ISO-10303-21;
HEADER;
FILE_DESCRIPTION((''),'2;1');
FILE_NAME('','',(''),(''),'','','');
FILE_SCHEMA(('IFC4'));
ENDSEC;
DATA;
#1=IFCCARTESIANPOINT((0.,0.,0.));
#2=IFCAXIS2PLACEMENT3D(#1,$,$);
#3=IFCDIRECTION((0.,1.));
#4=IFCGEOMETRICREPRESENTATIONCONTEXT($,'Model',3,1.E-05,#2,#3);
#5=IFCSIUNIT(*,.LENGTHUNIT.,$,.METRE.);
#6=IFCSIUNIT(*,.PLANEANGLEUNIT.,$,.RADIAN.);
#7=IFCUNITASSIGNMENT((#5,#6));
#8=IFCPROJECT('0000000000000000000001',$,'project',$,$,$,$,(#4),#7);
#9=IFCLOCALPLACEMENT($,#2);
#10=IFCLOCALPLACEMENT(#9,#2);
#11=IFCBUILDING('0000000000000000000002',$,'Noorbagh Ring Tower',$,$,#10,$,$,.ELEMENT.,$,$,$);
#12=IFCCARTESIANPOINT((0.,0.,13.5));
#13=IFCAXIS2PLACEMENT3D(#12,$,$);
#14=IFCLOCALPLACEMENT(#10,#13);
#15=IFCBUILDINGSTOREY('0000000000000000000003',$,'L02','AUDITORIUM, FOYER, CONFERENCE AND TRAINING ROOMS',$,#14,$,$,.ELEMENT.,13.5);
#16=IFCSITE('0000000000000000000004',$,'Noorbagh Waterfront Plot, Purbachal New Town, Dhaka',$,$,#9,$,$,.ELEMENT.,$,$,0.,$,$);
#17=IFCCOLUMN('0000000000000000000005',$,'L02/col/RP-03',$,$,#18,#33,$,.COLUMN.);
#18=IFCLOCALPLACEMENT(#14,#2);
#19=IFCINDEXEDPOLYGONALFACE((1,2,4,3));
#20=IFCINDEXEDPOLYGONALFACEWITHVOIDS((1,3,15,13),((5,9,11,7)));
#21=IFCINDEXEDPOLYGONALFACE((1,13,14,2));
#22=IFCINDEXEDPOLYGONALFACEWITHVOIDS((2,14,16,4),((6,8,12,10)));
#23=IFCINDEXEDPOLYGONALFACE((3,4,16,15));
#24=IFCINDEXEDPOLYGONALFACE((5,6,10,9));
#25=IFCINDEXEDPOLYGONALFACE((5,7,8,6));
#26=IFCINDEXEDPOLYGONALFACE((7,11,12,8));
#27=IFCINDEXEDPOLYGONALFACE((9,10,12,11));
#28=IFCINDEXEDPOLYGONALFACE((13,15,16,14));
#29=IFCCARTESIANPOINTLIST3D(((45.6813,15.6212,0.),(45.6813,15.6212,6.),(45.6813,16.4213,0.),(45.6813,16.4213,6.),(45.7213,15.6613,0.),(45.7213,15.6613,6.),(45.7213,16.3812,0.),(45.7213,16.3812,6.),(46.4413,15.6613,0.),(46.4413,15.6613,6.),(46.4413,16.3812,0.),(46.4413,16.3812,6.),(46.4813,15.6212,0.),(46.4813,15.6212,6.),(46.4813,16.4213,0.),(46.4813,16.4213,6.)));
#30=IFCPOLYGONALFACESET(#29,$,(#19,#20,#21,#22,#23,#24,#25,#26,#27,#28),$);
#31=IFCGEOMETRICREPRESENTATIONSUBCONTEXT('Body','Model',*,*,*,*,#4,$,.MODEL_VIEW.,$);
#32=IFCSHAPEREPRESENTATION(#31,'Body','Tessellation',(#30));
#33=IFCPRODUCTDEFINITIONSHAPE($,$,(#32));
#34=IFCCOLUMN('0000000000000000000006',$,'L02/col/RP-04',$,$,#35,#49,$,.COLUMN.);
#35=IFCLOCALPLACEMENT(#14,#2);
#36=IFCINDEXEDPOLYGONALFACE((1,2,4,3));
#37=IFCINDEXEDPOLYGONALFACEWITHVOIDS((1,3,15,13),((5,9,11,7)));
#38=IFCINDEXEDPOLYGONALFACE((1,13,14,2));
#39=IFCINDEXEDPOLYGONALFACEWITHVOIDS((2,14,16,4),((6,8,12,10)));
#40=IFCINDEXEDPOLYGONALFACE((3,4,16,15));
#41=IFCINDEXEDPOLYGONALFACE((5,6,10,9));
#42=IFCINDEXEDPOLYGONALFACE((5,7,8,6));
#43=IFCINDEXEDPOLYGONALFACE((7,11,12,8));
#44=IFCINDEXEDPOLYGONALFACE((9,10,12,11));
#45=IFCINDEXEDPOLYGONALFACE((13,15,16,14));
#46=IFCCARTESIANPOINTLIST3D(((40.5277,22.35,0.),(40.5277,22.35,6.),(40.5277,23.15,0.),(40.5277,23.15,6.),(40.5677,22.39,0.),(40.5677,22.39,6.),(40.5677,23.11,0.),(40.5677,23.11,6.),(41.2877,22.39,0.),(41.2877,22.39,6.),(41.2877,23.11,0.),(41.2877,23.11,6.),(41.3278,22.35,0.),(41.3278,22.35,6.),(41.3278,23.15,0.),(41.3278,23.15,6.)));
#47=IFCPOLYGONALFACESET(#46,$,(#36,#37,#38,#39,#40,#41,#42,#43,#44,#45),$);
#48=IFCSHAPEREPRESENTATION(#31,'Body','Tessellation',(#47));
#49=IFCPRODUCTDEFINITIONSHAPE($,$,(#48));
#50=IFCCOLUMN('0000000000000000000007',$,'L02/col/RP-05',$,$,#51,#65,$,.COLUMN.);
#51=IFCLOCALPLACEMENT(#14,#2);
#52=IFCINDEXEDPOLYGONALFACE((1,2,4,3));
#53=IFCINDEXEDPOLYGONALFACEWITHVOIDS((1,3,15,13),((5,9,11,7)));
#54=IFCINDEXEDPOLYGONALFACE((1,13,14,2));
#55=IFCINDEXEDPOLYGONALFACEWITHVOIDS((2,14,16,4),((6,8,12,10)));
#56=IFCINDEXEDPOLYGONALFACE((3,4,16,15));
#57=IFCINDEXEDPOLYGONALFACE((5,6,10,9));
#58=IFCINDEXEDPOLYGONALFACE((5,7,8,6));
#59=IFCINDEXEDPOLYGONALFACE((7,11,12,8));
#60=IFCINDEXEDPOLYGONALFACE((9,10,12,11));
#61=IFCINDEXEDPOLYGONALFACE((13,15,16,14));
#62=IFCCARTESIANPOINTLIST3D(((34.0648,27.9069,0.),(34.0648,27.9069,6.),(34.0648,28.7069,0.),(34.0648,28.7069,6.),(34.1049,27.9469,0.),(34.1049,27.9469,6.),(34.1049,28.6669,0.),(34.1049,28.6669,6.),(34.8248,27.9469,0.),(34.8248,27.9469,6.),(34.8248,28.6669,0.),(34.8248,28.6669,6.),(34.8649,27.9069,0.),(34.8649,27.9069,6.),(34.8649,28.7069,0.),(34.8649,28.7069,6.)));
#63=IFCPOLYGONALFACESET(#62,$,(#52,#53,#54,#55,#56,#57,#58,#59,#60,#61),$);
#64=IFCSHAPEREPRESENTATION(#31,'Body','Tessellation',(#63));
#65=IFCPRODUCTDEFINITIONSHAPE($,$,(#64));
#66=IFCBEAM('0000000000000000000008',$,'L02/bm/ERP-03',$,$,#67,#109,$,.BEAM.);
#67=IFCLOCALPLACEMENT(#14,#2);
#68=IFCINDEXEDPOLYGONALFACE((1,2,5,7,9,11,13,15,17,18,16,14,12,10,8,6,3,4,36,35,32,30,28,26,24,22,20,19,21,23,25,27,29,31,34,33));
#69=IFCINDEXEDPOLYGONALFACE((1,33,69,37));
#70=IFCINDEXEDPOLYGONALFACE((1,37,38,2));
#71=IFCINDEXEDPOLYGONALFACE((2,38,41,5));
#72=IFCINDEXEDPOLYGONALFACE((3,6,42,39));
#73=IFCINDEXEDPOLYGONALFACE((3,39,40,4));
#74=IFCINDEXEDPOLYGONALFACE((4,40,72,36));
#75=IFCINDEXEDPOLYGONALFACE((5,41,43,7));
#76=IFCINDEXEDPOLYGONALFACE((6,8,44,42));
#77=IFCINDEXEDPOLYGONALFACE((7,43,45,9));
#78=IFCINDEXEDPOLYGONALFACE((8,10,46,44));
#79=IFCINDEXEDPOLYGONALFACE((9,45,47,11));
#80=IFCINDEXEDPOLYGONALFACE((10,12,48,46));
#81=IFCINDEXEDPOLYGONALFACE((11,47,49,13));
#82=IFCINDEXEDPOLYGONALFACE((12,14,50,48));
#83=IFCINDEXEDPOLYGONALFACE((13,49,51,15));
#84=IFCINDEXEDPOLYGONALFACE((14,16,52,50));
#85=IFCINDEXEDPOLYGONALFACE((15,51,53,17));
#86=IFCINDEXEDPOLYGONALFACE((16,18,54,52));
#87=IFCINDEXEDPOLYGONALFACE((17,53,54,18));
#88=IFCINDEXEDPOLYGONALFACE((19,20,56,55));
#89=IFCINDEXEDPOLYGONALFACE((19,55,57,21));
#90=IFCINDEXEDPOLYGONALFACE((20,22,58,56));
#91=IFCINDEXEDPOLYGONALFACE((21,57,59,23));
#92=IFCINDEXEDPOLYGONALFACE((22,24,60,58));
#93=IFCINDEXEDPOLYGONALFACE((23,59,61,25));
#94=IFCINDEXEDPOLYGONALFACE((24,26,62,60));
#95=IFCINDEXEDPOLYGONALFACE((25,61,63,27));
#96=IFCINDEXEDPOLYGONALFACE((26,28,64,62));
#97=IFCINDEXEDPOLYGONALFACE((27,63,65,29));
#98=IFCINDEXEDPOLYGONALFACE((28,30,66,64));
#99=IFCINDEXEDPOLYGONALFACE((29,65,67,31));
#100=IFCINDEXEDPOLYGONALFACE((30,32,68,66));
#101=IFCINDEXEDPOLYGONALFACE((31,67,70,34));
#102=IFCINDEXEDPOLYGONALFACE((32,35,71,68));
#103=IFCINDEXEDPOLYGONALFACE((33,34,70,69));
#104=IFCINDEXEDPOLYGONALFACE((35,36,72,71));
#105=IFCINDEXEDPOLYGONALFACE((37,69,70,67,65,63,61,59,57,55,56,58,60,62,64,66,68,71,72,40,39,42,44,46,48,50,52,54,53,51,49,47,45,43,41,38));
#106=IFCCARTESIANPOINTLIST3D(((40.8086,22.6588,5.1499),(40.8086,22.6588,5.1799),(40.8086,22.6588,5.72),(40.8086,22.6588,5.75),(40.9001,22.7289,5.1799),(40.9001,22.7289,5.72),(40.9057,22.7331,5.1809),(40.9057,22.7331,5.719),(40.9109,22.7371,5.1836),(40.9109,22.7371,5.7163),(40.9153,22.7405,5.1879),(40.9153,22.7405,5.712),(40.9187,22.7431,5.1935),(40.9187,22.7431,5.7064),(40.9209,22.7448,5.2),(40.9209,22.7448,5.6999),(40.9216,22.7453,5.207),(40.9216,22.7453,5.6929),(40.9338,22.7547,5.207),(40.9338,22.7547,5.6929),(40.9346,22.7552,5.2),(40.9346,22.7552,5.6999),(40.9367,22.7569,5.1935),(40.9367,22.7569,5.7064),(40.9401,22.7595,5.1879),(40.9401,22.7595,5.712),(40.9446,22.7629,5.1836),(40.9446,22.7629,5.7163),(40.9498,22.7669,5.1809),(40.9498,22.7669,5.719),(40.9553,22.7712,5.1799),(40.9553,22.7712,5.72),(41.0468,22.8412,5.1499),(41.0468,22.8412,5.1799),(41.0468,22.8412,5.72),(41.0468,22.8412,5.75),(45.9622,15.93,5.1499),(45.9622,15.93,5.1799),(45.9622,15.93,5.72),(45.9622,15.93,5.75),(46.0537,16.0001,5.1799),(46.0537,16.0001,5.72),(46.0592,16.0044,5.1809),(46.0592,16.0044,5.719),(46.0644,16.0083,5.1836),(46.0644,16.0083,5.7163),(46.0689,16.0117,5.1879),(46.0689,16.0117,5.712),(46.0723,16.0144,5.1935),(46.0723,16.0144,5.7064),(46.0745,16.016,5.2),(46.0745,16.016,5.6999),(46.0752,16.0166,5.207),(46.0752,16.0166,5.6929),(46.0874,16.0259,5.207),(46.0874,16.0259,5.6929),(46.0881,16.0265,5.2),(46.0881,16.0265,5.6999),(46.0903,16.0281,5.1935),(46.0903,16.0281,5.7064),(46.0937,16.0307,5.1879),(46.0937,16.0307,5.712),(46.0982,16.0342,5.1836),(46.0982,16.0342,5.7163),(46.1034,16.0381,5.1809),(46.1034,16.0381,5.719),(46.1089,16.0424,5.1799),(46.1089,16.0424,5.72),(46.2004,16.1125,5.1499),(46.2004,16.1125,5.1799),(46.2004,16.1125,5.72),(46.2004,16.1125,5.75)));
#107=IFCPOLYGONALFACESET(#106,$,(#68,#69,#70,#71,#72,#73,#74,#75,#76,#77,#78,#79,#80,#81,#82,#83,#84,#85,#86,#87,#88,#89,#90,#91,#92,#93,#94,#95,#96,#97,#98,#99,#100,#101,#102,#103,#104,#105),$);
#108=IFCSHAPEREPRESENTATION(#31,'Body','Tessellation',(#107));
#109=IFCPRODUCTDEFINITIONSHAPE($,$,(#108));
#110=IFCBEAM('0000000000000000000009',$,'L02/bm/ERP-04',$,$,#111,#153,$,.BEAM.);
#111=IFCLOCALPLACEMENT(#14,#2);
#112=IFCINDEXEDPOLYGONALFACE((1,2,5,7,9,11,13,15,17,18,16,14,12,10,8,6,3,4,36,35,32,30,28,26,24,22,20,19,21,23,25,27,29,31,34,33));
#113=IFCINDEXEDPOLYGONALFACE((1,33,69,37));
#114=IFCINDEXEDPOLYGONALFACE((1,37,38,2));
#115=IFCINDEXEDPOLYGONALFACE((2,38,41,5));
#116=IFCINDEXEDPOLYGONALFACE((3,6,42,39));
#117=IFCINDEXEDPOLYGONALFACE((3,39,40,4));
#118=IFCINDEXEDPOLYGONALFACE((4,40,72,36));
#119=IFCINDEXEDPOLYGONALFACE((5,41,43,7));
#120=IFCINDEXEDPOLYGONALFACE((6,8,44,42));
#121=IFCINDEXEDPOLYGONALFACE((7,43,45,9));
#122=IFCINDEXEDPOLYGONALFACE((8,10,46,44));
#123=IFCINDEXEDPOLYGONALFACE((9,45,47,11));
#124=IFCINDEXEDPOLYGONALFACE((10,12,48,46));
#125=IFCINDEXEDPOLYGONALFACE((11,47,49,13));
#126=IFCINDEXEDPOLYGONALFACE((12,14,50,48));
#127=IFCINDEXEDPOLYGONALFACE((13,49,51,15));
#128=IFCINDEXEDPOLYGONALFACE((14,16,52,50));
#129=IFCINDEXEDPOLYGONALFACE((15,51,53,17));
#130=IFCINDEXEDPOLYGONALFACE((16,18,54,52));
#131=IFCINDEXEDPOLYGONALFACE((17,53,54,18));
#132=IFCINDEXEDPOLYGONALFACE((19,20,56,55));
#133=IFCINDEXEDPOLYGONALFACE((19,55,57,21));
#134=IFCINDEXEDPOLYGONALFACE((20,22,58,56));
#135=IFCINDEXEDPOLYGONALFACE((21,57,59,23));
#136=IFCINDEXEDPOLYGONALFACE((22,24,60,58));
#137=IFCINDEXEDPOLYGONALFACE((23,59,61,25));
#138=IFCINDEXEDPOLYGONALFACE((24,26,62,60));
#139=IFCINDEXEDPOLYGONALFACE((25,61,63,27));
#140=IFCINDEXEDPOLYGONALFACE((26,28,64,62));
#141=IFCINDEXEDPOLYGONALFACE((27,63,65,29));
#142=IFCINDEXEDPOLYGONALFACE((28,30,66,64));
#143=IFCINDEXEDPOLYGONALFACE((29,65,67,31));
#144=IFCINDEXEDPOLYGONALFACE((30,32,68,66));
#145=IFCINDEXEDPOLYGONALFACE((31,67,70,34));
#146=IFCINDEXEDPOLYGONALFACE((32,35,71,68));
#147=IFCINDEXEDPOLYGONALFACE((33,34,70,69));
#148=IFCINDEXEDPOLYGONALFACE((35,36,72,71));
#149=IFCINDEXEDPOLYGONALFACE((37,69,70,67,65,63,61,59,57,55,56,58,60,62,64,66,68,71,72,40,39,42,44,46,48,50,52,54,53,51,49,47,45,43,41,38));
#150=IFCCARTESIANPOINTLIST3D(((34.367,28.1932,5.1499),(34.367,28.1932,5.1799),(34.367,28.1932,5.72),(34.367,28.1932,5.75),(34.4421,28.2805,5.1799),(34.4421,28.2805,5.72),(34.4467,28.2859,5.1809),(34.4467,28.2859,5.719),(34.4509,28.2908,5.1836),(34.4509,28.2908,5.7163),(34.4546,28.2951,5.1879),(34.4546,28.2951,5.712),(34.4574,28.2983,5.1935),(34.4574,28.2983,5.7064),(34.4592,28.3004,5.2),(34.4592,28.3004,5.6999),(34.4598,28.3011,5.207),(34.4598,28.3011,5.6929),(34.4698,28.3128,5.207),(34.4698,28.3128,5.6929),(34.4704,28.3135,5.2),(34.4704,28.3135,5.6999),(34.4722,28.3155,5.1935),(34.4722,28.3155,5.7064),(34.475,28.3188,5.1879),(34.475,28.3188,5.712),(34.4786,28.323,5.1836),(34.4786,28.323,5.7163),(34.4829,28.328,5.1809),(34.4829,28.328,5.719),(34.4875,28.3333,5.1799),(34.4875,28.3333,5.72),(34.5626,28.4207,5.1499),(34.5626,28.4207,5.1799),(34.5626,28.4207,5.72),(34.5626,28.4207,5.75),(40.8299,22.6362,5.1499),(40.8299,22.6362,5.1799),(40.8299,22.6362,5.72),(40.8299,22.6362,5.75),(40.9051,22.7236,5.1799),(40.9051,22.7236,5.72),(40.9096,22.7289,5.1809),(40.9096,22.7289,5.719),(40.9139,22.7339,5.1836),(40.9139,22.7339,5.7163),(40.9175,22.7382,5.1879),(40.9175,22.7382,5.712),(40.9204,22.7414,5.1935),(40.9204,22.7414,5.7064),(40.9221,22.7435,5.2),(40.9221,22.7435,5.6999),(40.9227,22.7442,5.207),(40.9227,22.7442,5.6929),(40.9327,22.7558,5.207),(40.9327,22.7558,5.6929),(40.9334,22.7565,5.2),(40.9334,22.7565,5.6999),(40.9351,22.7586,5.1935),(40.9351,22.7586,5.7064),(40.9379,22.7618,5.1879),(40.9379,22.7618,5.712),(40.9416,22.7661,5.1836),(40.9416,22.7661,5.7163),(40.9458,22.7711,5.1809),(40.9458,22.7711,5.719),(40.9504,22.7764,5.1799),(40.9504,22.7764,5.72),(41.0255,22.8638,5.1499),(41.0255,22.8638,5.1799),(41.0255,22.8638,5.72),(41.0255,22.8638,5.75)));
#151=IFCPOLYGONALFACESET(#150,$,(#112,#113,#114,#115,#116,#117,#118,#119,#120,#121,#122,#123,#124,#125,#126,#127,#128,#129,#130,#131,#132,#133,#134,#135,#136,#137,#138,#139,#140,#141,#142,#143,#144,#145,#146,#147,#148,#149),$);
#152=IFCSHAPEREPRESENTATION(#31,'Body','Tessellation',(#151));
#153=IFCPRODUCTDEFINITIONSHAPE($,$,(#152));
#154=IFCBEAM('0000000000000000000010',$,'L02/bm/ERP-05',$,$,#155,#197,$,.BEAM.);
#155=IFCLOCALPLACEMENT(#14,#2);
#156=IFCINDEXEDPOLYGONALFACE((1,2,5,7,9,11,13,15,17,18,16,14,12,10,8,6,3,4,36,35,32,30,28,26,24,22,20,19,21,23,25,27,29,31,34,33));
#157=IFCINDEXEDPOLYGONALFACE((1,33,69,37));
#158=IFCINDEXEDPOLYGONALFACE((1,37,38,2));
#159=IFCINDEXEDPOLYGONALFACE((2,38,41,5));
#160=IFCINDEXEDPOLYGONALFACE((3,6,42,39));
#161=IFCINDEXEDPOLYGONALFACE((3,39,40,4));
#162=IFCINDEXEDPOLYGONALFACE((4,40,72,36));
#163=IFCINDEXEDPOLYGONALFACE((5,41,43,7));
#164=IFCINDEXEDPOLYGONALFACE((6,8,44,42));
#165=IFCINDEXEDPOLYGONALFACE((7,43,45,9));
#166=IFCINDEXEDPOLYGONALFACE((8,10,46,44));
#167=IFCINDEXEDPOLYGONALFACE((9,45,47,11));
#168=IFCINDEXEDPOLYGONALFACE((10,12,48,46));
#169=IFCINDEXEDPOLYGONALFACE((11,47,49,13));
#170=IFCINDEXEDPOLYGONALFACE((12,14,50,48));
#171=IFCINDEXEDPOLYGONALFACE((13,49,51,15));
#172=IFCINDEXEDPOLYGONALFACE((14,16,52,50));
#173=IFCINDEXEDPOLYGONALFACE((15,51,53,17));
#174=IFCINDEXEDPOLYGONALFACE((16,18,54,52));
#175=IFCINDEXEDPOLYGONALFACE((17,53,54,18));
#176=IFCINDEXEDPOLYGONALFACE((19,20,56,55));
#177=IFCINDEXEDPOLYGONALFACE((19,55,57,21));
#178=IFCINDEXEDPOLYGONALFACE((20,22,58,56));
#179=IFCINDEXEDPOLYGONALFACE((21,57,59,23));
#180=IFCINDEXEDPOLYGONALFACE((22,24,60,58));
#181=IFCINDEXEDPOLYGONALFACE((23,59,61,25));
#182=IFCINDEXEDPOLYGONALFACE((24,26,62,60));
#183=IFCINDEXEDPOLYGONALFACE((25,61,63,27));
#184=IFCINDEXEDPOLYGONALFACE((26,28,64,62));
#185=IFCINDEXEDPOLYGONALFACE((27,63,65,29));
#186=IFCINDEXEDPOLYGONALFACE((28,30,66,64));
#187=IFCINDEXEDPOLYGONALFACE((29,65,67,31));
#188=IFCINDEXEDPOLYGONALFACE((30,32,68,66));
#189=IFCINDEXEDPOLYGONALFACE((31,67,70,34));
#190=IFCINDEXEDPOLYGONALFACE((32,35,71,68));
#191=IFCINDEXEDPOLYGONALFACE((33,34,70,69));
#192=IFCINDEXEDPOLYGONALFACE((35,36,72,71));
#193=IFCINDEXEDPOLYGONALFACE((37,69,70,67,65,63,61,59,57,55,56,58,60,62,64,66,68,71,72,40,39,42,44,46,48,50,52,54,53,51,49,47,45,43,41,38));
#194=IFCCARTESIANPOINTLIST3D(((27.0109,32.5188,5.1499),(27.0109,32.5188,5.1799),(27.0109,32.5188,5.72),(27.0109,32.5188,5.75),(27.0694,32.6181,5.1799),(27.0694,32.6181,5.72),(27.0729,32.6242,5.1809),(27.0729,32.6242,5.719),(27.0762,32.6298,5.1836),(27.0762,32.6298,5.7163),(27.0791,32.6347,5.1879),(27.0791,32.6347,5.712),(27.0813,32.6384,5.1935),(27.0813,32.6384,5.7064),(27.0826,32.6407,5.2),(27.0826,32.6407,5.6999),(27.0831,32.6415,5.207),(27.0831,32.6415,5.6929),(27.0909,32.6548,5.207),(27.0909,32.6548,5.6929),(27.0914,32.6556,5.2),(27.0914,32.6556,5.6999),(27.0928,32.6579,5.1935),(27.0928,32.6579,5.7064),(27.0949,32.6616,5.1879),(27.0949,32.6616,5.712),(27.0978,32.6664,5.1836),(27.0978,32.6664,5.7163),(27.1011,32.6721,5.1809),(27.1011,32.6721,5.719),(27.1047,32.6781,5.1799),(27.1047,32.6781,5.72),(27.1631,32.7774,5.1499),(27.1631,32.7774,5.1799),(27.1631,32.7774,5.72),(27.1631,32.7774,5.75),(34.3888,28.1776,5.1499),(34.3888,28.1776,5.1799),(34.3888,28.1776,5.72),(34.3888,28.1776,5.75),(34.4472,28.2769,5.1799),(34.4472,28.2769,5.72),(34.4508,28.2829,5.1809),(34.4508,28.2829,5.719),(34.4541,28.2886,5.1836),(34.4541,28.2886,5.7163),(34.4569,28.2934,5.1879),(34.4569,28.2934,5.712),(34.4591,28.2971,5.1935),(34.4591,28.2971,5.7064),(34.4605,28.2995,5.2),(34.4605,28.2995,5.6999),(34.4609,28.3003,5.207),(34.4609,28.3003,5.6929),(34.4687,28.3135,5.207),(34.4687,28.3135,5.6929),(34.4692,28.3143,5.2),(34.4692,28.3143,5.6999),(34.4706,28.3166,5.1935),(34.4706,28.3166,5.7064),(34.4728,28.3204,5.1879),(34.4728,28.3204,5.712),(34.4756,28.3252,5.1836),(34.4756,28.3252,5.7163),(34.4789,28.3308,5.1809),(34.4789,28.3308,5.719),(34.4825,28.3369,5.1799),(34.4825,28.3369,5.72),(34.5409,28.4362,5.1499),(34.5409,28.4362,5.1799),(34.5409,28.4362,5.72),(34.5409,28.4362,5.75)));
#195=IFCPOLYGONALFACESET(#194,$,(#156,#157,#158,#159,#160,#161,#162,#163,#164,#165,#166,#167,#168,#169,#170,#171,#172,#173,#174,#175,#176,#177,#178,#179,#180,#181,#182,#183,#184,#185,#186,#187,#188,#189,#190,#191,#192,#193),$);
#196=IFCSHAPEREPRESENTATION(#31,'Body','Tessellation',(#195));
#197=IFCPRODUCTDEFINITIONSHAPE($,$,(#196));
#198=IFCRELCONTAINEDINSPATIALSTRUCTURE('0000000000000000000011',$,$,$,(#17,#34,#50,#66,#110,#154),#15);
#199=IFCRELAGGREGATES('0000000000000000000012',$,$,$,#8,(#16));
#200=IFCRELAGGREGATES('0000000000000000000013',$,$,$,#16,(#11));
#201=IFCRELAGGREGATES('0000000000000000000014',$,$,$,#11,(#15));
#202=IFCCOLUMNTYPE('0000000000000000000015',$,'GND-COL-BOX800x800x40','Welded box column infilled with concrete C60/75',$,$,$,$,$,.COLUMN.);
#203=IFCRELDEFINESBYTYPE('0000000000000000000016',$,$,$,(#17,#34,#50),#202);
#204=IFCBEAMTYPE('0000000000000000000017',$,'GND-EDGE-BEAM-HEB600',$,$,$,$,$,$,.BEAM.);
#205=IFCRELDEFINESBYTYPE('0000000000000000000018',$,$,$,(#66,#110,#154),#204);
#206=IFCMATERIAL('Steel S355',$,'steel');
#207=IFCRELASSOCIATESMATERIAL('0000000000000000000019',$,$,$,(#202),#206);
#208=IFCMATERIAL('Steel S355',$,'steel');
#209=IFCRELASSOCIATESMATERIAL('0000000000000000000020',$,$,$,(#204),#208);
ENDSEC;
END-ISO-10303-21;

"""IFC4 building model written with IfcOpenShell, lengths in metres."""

from ifc_helpers import new_model, si_unit, direction, frame, origin, origin_2d, place, context, subcontext, project, spatial, hollow_rectangle, i_section, extrude, material, material_profile, profile_set, type_object, element, save


model = new_model("IFC4")

# Units and contexts
model_context = context("Model", 3, precision=1e-05, world=origin(), true_north=direction((0.0, 1.0)))
body_context = subcontext(model_context, "Body", "Model", "MODEL_VIEW")
ifc_project = project(units=[si_unit("LENGTHUNIT", "METRE"), si_unit("PLANEANGLEUNIT", "RADIAN")], contexts=[model_context])

# Site, building, storey
site_placement = place(None, origin())
site = spatial("IfcSite", under=ifc_project, at=site_placement, Name="Noorbagh Waterfront Plot, Purbachal New Town, Dhaka", CompositionType="ELEMENT", RefElevation=0.0)
building_placement = place(site_placement, origin())
building = spatial("IfcBuilding", under=site, at=building_placement, Name="Noorbagh Ring Tower", CompositionType="ELEMENT")
storey_placement = place(building_placement, frame((0.0, 0.0, 13.5)))
storey = spatial("IfcBuildingStorey", under=building, at=storey_placement, Name="L02", Description="AUDITORIUM, FOYER, CONFERENCE AND TRAINING ROOMS", CompositionType="ELEMENT", Elevation=13.5)

# Columns
ifc_material_1 = material(Name="Steel S355", Category="steel")
ifc_material_profile_1 = material_profile(ifc_material_1, hollow_rectangle(XDim=0.8, YDim=0.8, WallThickness=0.04, at=origin_2d()), Name="BOX800x800x40")
ifc_profile_set_1 = profile_set([ifc_material_profile_1], Name="Steel S355")
column_type = type_object("IfcColumnType", Name="GND-COL-BOX800x800x40", Description="Welded box column infilled with concrete C60/75", PredefinedType="COLUMN", material=ifc_profile_set_1)
for number, where, z_axis, x_axis, name in (
    (1, (46.0813, 16.0212, 0.0), (0.0, 0.0, 1.0), (1.0, 0.0, 0.0), "L02/col/RP-03"),
    (2, (40.9277, 22.75, 0.0), (0.0, 0.0, 1.0), (1.0, 0.0, 0.0), "L02/col/RP-04"),
    (3, (34.4648, 28.3069, 0.0), (0.0, 0.0, 1.0), (1.0, 0.0, 0.0), "L02/col/RP-05"),
):
    element("IfcColumn", number, at=place(storey_placement, frame(where, z_axis=z_axis, x_axis=x_axis)), inside=storey, type_object=column_type, Name=name, PredefinedType="COLUMN", context=body_context, shape_type="SweptSolid", body=[
        extrude(hollow_rectangle(XDim=0.8, YDim=0.8, WallThickness=0.04, at=origin_2d()), origin(), (0.0, 0.0, 1.0), 6.0),
    ])

# Beams
ifc_material_2 = material(Name="Steel S355", Category="steel")
ifc_material_profile_2 = material_profile(ifc_material_2, i_section(OverallWidth=0.3, OverallDepth=0.6001, WebThickness=0.0154, FlangeThickness=0.03, FilletRadius=0.0271, at=origin_2d()), Name="HEB600")
ifc_profile_set_2 = profile_set([ifc_material_profile_2], Name="Steel S355")
beam_type_1 = type_object("IfcBeamType", Name="GND-EDGE-BEAM-HEB600", PredefinedType="BEAM", material=ifc_profile_set_2)
beam_1_placement = place(storey_placement, frame((46.0813, 16.0212, 5.45), z_axis=(-0.608049, 0.7939, 0.0), x_axis=(-0.7939, -0.608049, 0.0)))
element("IfcBeam", 4, at=beam_1_placement, inside=storey, type_object=beam_type_1, Name="L02/bm/ERP-03", PredefinedType="BEAM", context=body_context, shape_type="SweptSolid", body=[
    extrude(i_section(OverallWidth=0.3, OverallDepth=0.6001, WebThickness=0.0154, FlangeThickness=0.03, FilletRadius=0.0271, at=origin_2d()), origin(), (0.0, 0.0, 1.0), 8.4756),
])
beam_2_placement = place(storey_placement, frame((40.9277, 22.75, 5.45), z_axis=(-0.758255, 0.651958, 0.0), x_axis=(-0.651958, -0.758255, 0.0)))
element("IfcBeam", 5, at=beam_2_placement, inside=storey, type_object=beam_type_1, Name="L02/bm/ERP-04", PredefinedType="BEAM", context=body_context, shape_type="SweptSolid", body=[
    extrude(i_section(OverallWidth=0.3, OverallDepth=0.6001, WebThickness=0.0154, FlangeThickness=0.03, FilletRadius=0.0271, at=origin_2d()), origin(), (0.0, 0.0, 1.0), 8.5234),
])
beam_3_placement = place(storey_placement, frame((34.4648, 28.3069, 5.45), z_axis=(-0.861865, 0.507137, 0.0), x_axis=(-0.507137, -0.861865, 0.0)))
element("IfcBeam", 6, at=beam_3_placement, inside=storey, type_object=beam_type_1, Name="L02/bm/ERP-05", PredefinedType="BEAM", context=body_context, shape_type="SweptSolid", body=[
    extrude(i_section(OverallWidth=0.3, OverallDepth=0.6001, WebThickness=0.0154, FlangeThickness=0.03, FilletRadius=0.0271, at=origin_2d()), origin(), (0.0, 0.0, 1.0), 8.5603),
])

save(model, "model.ifc")
